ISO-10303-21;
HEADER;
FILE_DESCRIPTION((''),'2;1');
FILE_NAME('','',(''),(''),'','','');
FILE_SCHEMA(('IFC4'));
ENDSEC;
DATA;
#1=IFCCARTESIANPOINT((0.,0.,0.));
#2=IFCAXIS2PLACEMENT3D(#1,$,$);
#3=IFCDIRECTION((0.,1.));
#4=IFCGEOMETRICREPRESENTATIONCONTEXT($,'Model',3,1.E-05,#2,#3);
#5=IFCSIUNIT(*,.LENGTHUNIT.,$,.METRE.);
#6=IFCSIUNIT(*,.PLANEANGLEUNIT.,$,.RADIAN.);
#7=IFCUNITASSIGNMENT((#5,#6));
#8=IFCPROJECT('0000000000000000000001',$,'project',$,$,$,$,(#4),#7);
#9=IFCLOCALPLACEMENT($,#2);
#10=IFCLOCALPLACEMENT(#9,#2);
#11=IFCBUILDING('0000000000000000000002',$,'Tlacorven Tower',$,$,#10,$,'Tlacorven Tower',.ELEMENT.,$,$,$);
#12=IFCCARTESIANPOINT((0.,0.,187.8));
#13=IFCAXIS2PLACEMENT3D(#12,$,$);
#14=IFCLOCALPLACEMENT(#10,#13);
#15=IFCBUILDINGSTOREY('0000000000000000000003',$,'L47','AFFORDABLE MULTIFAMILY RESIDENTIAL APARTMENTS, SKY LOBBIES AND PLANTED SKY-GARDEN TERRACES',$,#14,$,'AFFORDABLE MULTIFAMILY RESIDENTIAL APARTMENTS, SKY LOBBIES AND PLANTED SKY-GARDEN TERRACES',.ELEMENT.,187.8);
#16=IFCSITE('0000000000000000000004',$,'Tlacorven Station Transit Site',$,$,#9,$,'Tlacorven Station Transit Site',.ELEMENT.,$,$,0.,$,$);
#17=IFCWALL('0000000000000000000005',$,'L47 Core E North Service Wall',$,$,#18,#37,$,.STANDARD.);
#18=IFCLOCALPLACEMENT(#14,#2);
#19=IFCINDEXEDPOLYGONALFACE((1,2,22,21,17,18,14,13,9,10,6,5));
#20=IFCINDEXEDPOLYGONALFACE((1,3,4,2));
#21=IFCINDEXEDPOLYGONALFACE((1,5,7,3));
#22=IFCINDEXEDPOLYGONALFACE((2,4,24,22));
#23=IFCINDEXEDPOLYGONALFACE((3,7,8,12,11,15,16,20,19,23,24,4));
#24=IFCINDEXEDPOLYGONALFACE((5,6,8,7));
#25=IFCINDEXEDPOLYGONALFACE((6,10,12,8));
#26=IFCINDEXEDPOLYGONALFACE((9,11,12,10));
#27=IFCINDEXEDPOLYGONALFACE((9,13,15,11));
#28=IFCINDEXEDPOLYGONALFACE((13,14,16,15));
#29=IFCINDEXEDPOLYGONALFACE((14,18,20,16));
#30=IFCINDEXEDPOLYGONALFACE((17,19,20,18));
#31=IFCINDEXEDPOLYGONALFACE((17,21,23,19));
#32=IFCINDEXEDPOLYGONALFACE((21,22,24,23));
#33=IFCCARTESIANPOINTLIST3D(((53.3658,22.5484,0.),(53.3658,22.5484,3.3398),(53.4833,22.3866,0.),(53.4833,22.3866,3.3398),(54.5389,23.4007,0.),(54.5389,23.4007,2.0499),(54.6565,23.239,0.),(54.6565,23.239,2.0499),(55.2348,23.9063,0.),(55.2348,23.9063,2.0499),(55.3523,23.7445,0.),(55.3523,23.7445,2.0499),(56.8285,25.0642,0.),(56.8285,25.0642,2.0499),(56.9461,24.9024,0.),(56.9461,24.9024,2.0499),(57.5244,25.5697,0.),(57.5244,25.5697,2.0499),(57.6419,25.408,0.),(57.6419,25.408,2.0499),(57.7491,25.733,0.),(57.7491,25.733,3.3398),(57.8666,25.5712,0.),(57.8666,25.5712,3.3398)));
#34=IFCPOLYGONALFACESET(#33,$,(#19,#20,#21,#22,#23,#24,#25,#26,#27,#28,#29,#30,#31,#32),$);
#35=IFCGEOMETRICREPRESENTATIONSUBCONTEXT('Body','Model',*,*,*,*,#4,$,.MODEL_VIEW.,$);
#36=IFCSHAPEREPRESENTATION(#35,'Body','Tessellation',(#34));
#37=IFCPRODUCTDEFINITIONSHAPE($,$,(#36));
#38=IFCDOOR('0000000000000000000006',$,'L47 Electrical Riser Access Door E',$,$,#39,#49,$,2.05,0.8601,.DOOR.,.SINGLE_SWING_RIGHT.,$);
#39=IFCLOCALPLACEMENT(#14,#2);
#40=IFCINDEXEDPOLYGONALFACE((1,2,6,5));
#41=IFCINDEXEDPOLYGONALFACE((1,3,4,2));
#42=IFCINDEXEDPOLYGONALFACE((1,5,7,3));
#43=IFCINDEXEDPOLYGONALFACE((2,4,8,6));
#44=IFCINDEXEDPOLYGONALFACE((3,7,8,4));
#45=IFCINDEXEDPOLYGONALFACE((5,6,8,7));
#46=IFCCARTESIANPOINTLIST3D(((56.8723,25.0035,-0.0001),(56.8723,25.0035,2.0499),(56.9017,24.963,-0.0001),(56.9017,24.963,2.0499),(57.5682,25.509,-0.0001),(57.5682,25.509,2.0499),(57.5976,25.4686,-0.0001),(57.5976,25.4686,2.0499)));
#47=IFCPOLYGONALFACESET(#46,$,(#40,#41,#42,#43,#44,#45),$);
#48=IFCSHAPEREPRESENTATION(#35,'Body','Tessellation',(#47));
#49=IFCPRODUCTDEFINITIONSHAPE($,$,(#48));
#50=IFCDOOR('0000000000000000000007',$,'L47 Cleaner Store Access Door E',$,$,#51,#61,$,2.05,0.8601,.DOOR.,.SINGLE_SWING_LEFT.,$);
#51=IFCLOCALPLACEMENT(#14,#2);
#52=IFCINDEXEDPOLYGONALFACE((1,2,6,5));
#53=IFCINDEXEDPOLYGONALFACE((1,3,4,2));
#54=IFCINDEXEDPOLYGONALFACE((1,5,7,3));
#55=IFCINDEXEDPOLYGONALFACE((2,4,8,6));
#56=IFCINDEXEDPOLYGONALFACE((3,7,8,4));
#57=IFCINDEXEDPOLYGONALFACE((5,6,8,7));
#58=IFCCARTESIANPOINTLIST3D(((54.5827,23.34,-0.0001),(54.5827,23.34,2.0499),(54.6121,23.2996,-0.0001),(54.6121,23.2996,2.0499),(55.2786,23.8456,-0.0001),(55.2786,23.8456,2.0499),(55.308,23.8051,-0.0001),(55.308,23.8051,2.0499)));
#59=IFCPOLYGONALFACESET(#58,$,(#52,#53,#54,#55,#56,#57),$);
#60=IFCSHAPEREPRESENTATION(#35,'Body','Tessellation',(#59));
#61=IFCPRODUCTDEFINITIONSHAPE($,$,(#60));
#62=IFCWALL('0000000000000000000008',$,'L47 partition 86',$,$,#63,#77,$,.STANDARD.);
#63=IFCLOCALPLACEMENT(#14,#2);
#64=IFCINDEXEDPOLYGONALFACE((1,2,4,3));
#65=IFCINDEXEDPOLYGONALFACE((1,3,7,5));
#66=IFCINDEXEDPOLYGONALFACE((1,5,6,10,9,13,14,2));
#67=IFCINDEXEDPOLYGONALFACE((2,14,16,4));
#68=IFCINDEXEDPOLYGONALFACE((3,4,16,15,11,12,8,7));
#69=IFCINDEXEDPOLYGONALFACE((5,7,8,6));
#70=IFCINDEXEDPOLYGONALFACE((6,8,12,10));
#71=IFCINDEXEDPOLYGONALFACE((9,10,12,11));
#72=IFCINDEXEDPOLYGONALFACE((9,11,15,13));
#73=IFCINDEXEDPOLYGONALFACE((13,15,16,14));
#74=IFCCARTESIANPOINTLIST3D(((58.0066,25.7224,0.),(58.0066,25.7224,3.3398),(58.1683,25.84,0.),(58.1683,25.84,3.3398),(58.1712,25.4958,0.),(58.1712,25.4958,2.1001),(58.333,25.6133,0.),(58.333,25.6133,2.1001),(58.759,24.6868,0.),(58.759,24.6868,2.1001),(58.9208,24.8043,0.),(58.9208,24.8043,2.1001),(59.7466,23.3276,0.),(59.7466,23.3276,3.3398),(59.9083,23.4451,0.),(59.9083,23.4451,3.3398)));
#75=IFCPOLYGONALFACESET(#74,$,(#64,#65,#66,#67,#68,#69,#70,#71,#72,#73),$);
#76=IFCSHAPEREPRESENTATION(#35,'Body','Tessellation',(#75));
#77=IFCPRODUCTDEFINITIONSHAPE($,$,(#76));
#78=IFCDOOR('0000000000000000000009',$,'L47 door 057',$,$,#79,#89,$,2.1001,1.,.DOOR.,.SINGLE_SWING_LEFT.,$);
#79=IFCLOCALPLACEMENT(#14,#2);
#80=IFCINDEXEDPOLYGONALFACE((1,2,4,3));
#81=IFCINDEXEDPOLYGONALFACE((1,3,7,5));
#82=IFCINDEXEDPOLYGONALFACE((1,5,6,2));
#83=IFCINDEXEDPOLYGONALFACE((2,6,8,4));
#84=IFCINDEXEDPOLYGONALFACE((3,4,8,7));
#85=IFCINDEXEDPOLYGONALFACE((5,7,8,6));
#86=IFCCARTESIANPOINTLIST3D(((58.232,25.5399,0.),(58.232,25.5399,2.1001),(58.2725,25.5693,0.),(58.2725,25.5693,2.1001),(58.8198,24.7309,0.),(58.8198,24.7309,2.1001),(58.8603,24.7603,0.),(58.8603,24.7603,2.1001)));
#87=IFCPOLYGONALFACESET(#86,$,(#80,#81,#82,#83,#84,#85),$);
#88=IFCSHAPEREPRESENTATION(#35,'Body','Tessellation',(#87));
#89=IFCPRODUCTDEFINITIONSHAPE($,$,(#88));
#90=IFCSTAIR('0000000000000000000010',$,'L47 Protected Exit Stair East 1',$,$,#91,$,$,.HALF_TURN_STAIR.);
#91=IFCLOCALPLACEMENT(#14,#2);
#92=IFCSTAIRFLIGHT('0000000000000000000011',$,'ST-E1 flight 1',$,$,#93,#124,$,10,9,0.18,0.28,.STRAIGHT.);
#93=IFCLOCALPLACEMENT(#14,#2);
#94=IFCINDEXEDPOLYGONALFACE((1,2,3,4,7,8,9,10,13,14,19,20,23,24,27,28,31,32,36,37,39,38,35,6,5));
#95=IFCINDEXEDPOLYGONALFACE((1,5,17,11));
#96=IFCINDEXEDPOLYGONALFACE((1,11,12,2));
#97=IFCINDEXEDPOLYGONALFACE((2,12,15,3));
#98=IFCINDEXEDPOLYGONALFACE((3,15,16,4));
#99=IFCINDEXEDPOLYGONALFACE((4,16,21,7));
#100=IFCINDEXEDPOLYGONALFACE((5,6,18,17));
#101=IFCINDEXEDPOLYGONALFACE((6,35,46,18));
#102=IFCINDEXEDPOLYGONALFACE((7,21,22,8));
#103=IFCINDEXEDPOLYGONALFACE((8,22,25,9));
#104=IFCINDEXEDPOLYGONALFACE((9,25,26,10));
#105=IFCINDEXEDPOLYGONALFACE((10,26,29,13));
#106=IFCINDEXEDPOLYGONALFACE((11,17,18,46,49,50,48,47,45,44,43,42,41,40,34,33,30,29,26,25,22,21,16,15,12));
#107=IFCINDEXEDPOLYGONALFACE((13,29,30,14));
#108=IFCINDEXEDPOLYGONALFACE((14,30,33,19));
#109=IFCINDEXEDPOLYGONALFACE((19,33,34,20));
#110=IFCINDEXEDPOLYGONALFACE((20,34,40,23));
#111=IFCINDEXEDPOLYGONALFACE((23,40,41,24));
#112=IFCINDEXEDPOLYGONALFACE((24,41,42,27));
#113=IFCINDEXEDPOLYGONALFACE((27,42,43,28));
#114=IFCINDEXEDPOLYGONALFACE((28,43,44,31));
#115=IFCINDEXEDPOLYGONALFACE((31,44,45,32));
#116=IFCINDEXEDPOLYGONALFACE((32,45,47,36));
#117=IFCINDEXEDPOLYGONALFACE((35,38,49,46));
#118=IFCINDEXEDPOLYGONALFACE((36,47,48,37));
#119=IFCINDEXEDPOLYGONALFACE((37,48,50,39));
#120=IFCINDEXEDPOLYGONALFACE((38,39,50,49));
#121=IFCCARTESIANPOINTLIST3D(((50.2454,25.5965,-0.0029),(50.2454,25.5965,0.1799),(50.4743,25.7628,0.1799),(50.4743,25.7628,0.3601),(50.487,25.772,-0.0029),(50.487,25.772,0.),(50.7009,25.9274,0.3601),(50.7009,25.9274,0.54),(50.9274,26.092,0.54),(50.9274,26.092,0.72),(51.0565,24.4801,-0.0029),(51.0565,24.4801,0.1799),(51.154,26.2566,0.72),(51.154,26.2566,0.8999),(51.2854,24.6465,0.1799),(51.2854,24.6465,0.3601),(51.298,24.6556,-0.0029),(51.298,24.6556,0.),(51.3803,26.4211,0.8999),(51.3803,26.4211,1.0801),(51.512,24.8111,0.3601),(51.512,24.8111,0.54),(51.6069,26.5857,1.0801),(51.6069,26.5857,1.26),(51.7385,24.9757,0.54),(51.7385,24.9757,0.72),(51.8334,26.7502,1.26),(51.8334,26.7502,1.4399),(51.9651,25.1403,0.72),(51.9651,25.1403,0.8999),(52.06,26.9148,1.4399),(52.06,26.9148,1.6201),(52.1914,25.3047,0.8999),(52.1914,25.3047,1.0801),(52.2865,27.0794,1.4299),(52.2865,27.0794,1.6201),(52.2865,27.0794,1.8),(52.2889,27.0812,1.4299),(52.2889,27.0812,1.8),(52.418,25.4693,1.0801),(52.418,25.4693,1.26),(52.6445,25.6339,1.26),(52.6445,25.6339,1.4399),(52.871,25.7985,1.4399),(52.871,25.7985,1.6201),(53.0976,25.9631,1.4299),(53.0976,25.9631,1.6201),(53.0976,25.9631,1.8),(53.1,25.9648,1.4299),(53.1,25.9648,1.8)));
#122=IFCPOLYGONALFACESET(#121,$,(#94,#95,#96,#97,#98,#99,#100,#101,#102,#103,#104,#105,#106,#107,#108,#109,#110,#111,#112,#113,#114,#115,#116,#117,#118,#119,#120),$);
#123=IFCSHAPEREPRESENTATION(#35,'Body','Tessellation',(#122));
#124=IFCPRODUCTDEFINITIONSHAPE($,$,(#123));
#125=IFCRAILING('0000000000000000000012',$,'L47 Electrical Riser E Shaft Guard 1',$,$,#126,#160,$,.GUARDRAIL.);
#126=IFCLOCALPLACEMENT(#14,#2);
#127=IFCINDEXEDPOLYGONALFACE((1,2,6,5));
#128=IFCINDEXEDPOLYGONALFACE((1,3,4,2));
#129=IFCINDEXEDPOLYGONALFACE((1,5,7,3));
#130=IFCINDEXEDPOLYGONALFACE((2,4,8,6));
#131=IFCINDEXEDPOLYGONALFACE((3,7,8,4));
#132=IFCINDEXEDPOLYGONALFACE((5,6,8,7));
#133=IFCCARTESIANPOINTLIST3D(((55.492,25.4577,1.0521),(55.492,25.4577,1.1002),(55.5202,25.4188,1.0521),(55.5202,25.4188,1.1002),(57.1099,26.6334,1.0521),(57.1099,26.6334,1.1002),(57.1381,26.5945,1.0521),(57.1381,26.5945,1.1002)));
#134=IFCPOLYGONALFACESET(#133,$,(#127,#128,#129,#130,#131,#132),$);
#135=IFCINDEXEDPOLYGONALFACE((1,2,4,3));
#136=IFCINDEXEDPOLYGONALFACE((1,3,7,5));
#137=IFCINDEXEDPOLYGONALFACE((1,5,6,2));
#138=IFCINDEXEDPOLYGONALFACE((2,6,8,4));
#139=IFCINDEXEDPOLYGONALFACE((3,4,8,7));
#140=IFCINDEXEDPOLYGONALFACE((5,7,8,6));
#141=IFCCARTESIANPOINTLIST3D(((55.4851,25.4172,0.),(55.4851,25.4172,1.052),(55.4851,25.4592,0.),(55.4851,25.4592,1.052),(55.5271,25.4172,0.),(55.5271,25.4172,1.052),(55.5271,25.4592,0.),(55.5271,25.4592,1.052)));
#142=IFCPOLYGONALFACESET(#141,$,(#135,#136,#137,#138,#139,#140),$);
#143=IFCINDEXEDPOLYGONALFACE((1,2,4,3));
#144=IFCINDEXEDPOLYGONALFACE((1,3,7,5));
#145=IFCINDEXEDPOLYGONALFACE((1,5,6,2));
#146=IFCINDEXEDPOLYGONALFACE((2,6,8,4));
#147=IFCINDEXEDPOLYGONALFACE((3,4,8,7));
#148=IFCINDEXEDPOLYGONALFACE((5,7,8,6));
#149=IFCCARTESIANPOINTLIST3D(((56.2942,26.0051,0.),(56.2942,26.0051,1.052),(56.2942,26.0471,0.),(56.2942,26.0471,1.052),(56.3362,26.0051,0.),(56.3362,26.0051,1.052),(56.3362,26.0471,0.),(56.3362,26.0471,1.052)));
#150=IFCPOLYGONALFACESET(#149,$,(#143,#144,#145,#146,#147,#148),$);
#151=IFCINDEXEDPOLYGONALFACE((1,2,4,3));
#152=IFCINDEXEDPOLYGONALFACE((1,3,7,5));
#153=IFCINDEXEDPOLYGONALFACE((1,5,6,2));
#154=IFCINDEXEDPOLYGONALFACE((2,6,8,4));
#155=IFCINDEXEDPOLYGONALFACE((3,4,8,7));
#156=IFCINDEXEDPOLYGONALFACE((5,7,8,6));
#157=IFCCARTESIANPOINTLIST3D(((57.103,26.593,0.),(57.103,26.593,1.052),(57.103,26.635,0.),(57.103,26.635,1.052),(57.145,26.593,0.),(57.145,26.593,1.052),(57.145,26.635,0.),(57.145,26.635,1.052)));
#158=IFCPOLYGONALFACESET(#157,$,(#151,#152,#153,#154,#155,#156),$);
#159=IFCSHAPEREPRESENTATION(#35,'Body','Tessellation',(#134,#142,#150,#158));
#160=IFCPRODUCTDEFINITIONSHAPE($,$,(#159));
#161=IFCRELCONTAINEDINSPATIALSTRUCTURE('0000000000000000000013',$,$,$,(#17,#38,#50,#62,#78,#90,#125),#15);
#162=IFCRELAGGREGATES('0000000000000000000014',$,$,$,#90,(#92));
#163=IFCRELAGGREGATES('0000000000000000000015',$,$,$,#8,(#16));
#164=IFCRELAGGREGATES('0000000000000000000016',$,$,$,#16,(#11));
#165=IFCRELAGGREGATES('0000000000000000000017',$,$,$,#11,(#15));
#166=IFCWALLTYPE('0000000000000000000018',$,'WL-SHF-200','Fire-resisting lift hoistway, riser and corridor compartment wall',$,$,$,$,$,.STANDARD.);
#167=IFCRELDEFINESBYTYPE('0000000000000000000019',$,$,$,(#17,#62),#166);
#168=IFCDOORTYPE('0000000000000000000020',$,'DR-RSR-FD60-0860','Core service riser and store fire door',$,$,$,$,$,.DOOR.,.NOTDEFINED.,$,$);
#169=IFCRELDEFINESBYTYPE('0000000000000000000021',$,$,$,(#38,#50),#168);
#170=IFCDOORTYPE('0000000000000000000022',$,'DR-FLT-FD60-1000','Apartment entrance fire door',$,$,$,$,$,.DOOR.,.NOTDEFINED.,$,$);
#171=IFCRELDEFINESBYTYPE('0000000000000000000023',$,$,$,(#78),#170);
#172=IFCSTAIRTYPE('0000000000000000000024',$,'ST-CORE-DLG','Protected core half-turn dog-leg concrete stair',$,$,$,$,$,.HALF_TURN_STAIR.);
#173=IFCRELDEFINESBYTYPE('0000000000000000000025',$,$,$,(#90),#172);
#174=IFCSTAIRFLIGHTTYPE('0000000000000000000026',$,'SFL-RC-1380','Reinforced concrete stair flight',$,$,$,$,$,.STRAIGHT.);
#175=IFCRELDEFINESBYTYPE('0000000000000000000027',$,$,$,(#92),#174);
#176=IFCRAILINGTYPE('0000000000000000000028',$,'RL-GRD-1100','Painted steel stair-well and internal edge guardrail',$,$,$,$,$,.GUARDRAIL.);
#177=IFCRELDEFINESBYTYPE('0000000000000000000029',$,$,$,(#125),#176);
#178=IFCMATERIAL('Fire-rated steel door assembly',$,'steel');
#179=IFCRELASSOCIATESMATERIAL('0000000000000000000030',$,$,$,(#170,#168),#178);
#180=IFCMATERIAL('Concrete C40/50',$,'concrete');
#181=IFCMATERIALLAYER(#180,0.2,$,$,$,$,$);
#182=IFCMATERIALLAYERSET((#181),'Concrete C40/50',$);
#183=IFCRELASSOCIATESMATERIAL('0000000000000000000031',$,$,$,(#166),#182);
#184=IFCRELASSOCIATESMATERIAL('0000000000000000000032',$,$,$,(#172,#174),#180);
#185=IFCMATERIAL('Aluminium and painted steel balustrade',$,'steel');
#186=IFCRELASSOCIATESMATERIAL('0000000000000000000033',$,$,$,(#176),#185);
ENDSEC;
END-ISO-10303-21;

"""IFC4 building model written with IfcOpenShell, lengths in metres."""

from ifc_helpers import new_model, si_unit, direction, frame, frame_2d, origin, origin_2d, place, context, subcontext, project, spatial, polyline, rectangle, outline, extrude, source, transform, mapped, material, layer, layer_set, type_object, element, fill, aggregate, save


model = new_model("IFC4")

# Units and contexts
model_context = context("Model", 3, precision=1e-05, world=origin(), true_north=direction((0.0, 1.0)))
body_context = subcontext(model_context, "Body", "Model", "MODEL_VIEW")
ifc_project = project(units=[si_unit("LENGTHUNIT", "METRE"), si_unit("PLANEANGLEUNIT", "RADIAN")], contexts=[model_context])

# Site, building, storey
site_placement = place(None, origin())
site = spatial("IfcSite", under=ifc_project, at=site_placement, Name="Tlacorven Station Transit Site", LongName="Tlacorven Station Transit Site", CompositionType="ELEMENT", RefElevation=0.0)
building_placement = place(site_placement, origin())
building = spatial("IfcBuilding", under=site, at=building_placement, Name="Tlacorven Tower", LongName="Tlacorven Tower", CompositionType="ELEMENT")
storey_placement = place(building_placement, frame((0.0, 0.0, 187.8)))
storey = spatial("IfcBuildingStorey", under=building, at=storey_placement, Name="L47", Description="AFFORDABLE MULTIFAMILY RESIDENTIAL APARTMENTS, SKY LOBBIES AND PLANTED SKY-GARDEN TERRACES", LongName="AFFORDABLE MULTIFAMILY RESIDENTIAL APARTMENTS, SKY LOBBIES AND PLANTED SKY-GARDEN TERRACES", CompositionType="ELEMENT", Elevation=187.8)

# Shared definitions
ifc_material_1 = material(Name="Fire-rated steel door assembly", Category="steel")
door_type_1 = type_object("IfcDoorType", Name="DR-FLT-FD60-1000", Description="Apartment entrance fire door", OperationType="NOTDEFINED", PredefinedType="DOOR", material=ifc_material_1)
shared_shape_1 = source(origin(), body_context, "Body", "SweptSolid", [
    extrude(rectangle(XDim=1.0, YDim=2.1001, at=frame_2d((0.5, 1.05))), frame((0.0, 0.0249, 0.0), z_axis=(0.0, -1.0, 0.0), x_axis=(1.0, 0.0, 0.0)), (0.0, 0.0, 1.0), 0.05),
])

# Shared definitions
ifc_material_2 = material(Name="Concrete C40/50", Category="concrete")
ifc_layer_1 = layer(ifc_material_2, 0.2)
ifc_layer_set_1 = layer_set([ifc_layer_1], Name="Concrete C40/50")
wall_type_1 = type_object("IfcWallType", Name="WL-SHF-200", Description="Fire-resisting lift hoistway, riser and corridor compartment wall", PredefinedType="STANDARD", material=ifc_layer_set_1)

# Wall, openings, doors
wall_1_placement = place(storey_placement, frame((53.4246, 22.4675, 0.0), z_axis=(0.0, 0.0, 1.0), x_axis=(0.809024, 0.587775, 0.0)))
wall_1 = element("IfcWall", 1, at=wall_1_placement, inside=storey, type_object=wall_type_1, Name="L47 Core E North Service Wall", PredefinedType="STANDARD", context=body_context, shape_type="SweptSolid", body=[
    extrude(rectangle(XDim=5.418, YDim=0.2, at=frame_2d((2.709, 0.0))), origin(), (0.0, 0.0, 1.0), 3.3398),
])
opening_1_placement = place(wall_1_placement, frame((4.28, 0.0, 0.0)))
opening_1 = element("IfcOpeningElement", 2, at=opening_1_placement, cuts=wall_1, PredefinedType="OPENING", context=body_context, shape_type="SweptSolid", body=[
    extrude(rectangle(XDim=0.8601, YDim=2.05, at=frame_2d((0.4302, 1.0249))), frame((0.0, 0.1099, 0.0), z_axis=(0.0, -1.0, 0.0), x_axis=(1.0, 0.0, 0.0)), (0.0, 0.0, 1.0), 0.22),
])
opening_2_placement = place(wall_1_placement, frame((1.45, 0.0, 0.0)))
opening_2 = element("IfcOpeningElement", 3, at=opening_2_placement, cuts=wall_1, PredefinedType="OPENING", context=body_context, shape_type="SweptSolid", body=[
    extrude(rectangle(XDim=0.8601, YDim=2.05, at=frame_2d((0.4302, 1.0249))), frame((0.0, 0.1099, 0.0), z_axis=(0.0, -1.0, 0.0), x_axis=(1.0, 0.0, 0.0)), (0.0, 0.0, 1.0), 0.22),
])
door_type_2 = type_object("IfcDoorType", Name="DR-RSR-FD60-0860", Description="Core service riser and store fire door", OperationType="NOTDEFINED", PredefinedType="DOOR", material=ifc_material_1)
shared_shape_2 = source(origin(), body_context, "Body", "SweptSolid", [
    extrude(rectangle(XDim=0.8601, YDim=2.05, at=frame_2d((0.4302, 1.0249))), frame((0.0, 0.0249, 0.0), z_axis=(0.0, -1.0, 0.0), x_axis=(1.0, 0.0, 0.0)), (0.0, 0.0, 1.0), 0.05),
])
door_1_placement = place(opening_1_placement, frame((0.8601, 0.0, 0.0), z_axis=(0.0, 0.0, 1.0), x_axis=(-1.0, 0.0, 0.0)))
door_1 = element("IfcDoor", 4, at=door_1_placement, inside=storey, type_object=door_type_2, Name="L47 Electrical Riser Access Door E", OperationType="SINGLE_SWING_RIGHT", OverallHeight=2.05, OverallWidth=0.8601, PredefinedType="DOOR", context=body_context, shape_type="MappedRepresentation", body=[
    mapped(shared_shape_2, transform((0.0, 0.0, 0.0), scale=1.0)),
])
fill(opening_1, door_1)
door_2_placement = place(opening_2_placement, frame((0.8601, 0.0, 0.0), z_axis=(0.0, 0.0, 1.0), x_axis=(-1.0, 0.0, 0.0)))
door_2 = element("IfcDoor", 5, at=door_2_placement, inside=storey, type_object=door_type_2, Name="L47 Cleaner Store Access Door E", OperationType="SINGLE_SWING_LEFT", OverallHeight=2.05, OverallWidth=0.8601, PredefinedType="DOOR", context=body_context, shape_type="MappedRepresentation", body=[
    mapped(shared_shape_2, transform((0.0, 0.0, 0.0), scale=1.0)),
])
fill(opening_2, door_2)

# Wall, opening, door
wall_2_placement = place(storey_placement, frame((59.8274, 23.3865, 0.0), z_axis=(0.0, 0.0, 1.0), x_axis=(-0.587804, 0.809003, 0.0)))
wall_2 = element("IfcWall", 6, at=wall_2_placement, inside=storey, type_object=wall_type_1, Name="L47 partition 86", PredefinedType="STANDARD", context=body_context, shape_type="SweptSolid", body=[
    extrude(rectangle(XDim=2.9602, YDim=0.2, at=frame_2d((1.48, 0.0))), origin(), (0.0, 0.0, 1.0), 3.3398),
])
opening_3_placement = place(wall_2_placement, frame((1.6799, 0.0, 0.0)))
opening_3 = element("IfcOpeningElement", 7, at=opening_3_placement, cuts=wall_2, PredefinedType="OPENING", context=body_context, shape_type="SweptSolid", body=[
    extrude(rectangle(XDim=1.0, YDim=2.1001, at=frame_2d((0.5, 1.05))), frame((0.0, 0.1099, 0.0), z_axis=(0.0, -1.0, 0.0), x_axis=(1.0, 0.0, 0.0)), (0.0, 0.0, 1.0), 0.22),
])
door_3_placement = place(opening_3_placement, origin())
door_3 = element("IfcDoor", 8, at=door_3_placement, inside=storey, type_object=door_type_1, Name="L47 door 057", OperationType="SINGLE_SWING_LEFT", OverallHeight=2.1001, OverallWidth=1.0, PredefinedType="DOOR", context=body_context, shape_type="MappedRepresentation", body=[
    mapped(shared_shape_1, transform((0.0, 0.0, 0.0), scale=1.0)),
])
fill(opening_3, door_3)

# Stair, stair flight
stair_type = type_object("IfcStairType", Name="ST-CORE-DLG", Description="Protected core half-turn dog-leg concrete stair", PredefinedType="HALF_TURN_STAIR", material=ifc_material_2)
stair_placement = place(storey_placement, origin())
stair = element("IfcStair", 9, at=stair_placement, inside=storey, type_object=stair_type, Name="L47 Protected Exit Stair East 1", PredefinedType="HALF_TURN_STAIR")
stair_flight_type = type_object("IfcStairFlightType", Name="SFL-RC-1380", Description="Reinforced concrete stair flight", PredefinedType="STRAIGHT", material=ifc_material_2)
shared_shape_3 = source(origin(), body_context, "Body", "SweptSolid", [
    extrude(outline(polyline([(-0.0029, -0.0029), (-0.0029, 0.1799), (0.28, 0.1799), (0.28, 0.3601), (0.5601, 0.3601), (0.5601, 0.54), (0.8401, 0.54), (0.8401, 0.72), (1.1201, 0.72), (1.1201, 0.8999), (1.3999, 0.8999), (1.3999, 1.0801), (1.6799, 1.0801), (1.6799, 1.26), (1.96, 1.26), (1.96, 1.4399), (2.24, 1.4399), (2.24, 1.6201), (2.52, 1.6201), (2.52, 1.8), (2.5229, 1.8), (2.5229, 1.4299), (2.52, 1.4299), (0.2957, 0.0), (0.2957, -0.0029), (-0.0029, -0.0029)])), frame((0.0, 0.6899, 0.0), z_axis=(0.0, -1.0, 0.0), x_axis=(1.0, 0.0, 0.0)), (0.0, 0.0, 1.0), 1.3799),
])
stair_flight_placement = place(storey_placement, frame((50.6533, 25.04, 0.0), z_axis=(0.0, 0.0, 1.0), x_axis=(0.809017, 0.587785, 0.0)))
stair_flight = element("IfcStairFlight", 10, at=stair_flight_placement, type_object=stair_flight_type, Name="ST-E1 flight 1", NumberOfRisers=10, NumberOfTreads=9, PredefinedType="STRAIGHT", RiserHeight=0.18, TreadLength=0.28, context=body_context, shape_type="MappedRepresentation", body=[
    mapped(shared_shape_3, transform((0.0, 0.0, 0.0), scale=1.0)),
])
aggregate(stair, [stair_flight])

# Railing
ifc_material_3 = material(Name="Aluminium and painted steel balustrade", Category="steel")
railing_type_1 = type_object("IfcRailingType", Name="RL-GRD-1100", Description="Painted steel stair-well and internal edge guardrail", PredefinedType="GUARDRAIL", material=ifc_material_3)
shared_shape_4 = source(origin(), body_context, "Body", "SweptSolid", [
    extrude(rectangle(XDim=0.0481, YDim=0.0481, at=origin_2d()), frame((0.0, 0.0, 1.0762), z_axis=(0.808947, 0.587881, 0.0), x_axis=(-0.587881, 0.808947, 0.0)), (0.0, 0.0, 1.0), 2.0),
    extrude(rectangle(XDim=0.042, YDim=0.042, at=origin_2d()), origin(), (0.0, 0.0, 1.0), 1.052),
    extrude(rectangle(XDim=0.042, YDim=0.042, at=origin_2d()), frame((0.8091, 0.5879, 0.0)), (0.0, 0.0, 1.0), 1.052),
    extrude(rectangle(XDim=0.042, YDim=0.042, at=origin_2d()), frame((1.6179, 1.1758, 0.0)), (0.0, 0.0, 1.0), 1.052),
])
railing_1_placement = place(storey_placement, frame((55.5061, 25.4382, 0.0)))
element("IfcRailing", 11, at=railing_1_placement, inside=storey, type_object=railing_type_1, Name="L47 Electrical Riser E Shaft Guard 1", PredefinedType="GUARDRAIL", context=body_context, shape_type="MappedRepresentation", body=[
    mapped(shared_shape_4, transform((0.0, 0.0, 0.0), scale=1.0)),
])

save(model, "model.ifc")
